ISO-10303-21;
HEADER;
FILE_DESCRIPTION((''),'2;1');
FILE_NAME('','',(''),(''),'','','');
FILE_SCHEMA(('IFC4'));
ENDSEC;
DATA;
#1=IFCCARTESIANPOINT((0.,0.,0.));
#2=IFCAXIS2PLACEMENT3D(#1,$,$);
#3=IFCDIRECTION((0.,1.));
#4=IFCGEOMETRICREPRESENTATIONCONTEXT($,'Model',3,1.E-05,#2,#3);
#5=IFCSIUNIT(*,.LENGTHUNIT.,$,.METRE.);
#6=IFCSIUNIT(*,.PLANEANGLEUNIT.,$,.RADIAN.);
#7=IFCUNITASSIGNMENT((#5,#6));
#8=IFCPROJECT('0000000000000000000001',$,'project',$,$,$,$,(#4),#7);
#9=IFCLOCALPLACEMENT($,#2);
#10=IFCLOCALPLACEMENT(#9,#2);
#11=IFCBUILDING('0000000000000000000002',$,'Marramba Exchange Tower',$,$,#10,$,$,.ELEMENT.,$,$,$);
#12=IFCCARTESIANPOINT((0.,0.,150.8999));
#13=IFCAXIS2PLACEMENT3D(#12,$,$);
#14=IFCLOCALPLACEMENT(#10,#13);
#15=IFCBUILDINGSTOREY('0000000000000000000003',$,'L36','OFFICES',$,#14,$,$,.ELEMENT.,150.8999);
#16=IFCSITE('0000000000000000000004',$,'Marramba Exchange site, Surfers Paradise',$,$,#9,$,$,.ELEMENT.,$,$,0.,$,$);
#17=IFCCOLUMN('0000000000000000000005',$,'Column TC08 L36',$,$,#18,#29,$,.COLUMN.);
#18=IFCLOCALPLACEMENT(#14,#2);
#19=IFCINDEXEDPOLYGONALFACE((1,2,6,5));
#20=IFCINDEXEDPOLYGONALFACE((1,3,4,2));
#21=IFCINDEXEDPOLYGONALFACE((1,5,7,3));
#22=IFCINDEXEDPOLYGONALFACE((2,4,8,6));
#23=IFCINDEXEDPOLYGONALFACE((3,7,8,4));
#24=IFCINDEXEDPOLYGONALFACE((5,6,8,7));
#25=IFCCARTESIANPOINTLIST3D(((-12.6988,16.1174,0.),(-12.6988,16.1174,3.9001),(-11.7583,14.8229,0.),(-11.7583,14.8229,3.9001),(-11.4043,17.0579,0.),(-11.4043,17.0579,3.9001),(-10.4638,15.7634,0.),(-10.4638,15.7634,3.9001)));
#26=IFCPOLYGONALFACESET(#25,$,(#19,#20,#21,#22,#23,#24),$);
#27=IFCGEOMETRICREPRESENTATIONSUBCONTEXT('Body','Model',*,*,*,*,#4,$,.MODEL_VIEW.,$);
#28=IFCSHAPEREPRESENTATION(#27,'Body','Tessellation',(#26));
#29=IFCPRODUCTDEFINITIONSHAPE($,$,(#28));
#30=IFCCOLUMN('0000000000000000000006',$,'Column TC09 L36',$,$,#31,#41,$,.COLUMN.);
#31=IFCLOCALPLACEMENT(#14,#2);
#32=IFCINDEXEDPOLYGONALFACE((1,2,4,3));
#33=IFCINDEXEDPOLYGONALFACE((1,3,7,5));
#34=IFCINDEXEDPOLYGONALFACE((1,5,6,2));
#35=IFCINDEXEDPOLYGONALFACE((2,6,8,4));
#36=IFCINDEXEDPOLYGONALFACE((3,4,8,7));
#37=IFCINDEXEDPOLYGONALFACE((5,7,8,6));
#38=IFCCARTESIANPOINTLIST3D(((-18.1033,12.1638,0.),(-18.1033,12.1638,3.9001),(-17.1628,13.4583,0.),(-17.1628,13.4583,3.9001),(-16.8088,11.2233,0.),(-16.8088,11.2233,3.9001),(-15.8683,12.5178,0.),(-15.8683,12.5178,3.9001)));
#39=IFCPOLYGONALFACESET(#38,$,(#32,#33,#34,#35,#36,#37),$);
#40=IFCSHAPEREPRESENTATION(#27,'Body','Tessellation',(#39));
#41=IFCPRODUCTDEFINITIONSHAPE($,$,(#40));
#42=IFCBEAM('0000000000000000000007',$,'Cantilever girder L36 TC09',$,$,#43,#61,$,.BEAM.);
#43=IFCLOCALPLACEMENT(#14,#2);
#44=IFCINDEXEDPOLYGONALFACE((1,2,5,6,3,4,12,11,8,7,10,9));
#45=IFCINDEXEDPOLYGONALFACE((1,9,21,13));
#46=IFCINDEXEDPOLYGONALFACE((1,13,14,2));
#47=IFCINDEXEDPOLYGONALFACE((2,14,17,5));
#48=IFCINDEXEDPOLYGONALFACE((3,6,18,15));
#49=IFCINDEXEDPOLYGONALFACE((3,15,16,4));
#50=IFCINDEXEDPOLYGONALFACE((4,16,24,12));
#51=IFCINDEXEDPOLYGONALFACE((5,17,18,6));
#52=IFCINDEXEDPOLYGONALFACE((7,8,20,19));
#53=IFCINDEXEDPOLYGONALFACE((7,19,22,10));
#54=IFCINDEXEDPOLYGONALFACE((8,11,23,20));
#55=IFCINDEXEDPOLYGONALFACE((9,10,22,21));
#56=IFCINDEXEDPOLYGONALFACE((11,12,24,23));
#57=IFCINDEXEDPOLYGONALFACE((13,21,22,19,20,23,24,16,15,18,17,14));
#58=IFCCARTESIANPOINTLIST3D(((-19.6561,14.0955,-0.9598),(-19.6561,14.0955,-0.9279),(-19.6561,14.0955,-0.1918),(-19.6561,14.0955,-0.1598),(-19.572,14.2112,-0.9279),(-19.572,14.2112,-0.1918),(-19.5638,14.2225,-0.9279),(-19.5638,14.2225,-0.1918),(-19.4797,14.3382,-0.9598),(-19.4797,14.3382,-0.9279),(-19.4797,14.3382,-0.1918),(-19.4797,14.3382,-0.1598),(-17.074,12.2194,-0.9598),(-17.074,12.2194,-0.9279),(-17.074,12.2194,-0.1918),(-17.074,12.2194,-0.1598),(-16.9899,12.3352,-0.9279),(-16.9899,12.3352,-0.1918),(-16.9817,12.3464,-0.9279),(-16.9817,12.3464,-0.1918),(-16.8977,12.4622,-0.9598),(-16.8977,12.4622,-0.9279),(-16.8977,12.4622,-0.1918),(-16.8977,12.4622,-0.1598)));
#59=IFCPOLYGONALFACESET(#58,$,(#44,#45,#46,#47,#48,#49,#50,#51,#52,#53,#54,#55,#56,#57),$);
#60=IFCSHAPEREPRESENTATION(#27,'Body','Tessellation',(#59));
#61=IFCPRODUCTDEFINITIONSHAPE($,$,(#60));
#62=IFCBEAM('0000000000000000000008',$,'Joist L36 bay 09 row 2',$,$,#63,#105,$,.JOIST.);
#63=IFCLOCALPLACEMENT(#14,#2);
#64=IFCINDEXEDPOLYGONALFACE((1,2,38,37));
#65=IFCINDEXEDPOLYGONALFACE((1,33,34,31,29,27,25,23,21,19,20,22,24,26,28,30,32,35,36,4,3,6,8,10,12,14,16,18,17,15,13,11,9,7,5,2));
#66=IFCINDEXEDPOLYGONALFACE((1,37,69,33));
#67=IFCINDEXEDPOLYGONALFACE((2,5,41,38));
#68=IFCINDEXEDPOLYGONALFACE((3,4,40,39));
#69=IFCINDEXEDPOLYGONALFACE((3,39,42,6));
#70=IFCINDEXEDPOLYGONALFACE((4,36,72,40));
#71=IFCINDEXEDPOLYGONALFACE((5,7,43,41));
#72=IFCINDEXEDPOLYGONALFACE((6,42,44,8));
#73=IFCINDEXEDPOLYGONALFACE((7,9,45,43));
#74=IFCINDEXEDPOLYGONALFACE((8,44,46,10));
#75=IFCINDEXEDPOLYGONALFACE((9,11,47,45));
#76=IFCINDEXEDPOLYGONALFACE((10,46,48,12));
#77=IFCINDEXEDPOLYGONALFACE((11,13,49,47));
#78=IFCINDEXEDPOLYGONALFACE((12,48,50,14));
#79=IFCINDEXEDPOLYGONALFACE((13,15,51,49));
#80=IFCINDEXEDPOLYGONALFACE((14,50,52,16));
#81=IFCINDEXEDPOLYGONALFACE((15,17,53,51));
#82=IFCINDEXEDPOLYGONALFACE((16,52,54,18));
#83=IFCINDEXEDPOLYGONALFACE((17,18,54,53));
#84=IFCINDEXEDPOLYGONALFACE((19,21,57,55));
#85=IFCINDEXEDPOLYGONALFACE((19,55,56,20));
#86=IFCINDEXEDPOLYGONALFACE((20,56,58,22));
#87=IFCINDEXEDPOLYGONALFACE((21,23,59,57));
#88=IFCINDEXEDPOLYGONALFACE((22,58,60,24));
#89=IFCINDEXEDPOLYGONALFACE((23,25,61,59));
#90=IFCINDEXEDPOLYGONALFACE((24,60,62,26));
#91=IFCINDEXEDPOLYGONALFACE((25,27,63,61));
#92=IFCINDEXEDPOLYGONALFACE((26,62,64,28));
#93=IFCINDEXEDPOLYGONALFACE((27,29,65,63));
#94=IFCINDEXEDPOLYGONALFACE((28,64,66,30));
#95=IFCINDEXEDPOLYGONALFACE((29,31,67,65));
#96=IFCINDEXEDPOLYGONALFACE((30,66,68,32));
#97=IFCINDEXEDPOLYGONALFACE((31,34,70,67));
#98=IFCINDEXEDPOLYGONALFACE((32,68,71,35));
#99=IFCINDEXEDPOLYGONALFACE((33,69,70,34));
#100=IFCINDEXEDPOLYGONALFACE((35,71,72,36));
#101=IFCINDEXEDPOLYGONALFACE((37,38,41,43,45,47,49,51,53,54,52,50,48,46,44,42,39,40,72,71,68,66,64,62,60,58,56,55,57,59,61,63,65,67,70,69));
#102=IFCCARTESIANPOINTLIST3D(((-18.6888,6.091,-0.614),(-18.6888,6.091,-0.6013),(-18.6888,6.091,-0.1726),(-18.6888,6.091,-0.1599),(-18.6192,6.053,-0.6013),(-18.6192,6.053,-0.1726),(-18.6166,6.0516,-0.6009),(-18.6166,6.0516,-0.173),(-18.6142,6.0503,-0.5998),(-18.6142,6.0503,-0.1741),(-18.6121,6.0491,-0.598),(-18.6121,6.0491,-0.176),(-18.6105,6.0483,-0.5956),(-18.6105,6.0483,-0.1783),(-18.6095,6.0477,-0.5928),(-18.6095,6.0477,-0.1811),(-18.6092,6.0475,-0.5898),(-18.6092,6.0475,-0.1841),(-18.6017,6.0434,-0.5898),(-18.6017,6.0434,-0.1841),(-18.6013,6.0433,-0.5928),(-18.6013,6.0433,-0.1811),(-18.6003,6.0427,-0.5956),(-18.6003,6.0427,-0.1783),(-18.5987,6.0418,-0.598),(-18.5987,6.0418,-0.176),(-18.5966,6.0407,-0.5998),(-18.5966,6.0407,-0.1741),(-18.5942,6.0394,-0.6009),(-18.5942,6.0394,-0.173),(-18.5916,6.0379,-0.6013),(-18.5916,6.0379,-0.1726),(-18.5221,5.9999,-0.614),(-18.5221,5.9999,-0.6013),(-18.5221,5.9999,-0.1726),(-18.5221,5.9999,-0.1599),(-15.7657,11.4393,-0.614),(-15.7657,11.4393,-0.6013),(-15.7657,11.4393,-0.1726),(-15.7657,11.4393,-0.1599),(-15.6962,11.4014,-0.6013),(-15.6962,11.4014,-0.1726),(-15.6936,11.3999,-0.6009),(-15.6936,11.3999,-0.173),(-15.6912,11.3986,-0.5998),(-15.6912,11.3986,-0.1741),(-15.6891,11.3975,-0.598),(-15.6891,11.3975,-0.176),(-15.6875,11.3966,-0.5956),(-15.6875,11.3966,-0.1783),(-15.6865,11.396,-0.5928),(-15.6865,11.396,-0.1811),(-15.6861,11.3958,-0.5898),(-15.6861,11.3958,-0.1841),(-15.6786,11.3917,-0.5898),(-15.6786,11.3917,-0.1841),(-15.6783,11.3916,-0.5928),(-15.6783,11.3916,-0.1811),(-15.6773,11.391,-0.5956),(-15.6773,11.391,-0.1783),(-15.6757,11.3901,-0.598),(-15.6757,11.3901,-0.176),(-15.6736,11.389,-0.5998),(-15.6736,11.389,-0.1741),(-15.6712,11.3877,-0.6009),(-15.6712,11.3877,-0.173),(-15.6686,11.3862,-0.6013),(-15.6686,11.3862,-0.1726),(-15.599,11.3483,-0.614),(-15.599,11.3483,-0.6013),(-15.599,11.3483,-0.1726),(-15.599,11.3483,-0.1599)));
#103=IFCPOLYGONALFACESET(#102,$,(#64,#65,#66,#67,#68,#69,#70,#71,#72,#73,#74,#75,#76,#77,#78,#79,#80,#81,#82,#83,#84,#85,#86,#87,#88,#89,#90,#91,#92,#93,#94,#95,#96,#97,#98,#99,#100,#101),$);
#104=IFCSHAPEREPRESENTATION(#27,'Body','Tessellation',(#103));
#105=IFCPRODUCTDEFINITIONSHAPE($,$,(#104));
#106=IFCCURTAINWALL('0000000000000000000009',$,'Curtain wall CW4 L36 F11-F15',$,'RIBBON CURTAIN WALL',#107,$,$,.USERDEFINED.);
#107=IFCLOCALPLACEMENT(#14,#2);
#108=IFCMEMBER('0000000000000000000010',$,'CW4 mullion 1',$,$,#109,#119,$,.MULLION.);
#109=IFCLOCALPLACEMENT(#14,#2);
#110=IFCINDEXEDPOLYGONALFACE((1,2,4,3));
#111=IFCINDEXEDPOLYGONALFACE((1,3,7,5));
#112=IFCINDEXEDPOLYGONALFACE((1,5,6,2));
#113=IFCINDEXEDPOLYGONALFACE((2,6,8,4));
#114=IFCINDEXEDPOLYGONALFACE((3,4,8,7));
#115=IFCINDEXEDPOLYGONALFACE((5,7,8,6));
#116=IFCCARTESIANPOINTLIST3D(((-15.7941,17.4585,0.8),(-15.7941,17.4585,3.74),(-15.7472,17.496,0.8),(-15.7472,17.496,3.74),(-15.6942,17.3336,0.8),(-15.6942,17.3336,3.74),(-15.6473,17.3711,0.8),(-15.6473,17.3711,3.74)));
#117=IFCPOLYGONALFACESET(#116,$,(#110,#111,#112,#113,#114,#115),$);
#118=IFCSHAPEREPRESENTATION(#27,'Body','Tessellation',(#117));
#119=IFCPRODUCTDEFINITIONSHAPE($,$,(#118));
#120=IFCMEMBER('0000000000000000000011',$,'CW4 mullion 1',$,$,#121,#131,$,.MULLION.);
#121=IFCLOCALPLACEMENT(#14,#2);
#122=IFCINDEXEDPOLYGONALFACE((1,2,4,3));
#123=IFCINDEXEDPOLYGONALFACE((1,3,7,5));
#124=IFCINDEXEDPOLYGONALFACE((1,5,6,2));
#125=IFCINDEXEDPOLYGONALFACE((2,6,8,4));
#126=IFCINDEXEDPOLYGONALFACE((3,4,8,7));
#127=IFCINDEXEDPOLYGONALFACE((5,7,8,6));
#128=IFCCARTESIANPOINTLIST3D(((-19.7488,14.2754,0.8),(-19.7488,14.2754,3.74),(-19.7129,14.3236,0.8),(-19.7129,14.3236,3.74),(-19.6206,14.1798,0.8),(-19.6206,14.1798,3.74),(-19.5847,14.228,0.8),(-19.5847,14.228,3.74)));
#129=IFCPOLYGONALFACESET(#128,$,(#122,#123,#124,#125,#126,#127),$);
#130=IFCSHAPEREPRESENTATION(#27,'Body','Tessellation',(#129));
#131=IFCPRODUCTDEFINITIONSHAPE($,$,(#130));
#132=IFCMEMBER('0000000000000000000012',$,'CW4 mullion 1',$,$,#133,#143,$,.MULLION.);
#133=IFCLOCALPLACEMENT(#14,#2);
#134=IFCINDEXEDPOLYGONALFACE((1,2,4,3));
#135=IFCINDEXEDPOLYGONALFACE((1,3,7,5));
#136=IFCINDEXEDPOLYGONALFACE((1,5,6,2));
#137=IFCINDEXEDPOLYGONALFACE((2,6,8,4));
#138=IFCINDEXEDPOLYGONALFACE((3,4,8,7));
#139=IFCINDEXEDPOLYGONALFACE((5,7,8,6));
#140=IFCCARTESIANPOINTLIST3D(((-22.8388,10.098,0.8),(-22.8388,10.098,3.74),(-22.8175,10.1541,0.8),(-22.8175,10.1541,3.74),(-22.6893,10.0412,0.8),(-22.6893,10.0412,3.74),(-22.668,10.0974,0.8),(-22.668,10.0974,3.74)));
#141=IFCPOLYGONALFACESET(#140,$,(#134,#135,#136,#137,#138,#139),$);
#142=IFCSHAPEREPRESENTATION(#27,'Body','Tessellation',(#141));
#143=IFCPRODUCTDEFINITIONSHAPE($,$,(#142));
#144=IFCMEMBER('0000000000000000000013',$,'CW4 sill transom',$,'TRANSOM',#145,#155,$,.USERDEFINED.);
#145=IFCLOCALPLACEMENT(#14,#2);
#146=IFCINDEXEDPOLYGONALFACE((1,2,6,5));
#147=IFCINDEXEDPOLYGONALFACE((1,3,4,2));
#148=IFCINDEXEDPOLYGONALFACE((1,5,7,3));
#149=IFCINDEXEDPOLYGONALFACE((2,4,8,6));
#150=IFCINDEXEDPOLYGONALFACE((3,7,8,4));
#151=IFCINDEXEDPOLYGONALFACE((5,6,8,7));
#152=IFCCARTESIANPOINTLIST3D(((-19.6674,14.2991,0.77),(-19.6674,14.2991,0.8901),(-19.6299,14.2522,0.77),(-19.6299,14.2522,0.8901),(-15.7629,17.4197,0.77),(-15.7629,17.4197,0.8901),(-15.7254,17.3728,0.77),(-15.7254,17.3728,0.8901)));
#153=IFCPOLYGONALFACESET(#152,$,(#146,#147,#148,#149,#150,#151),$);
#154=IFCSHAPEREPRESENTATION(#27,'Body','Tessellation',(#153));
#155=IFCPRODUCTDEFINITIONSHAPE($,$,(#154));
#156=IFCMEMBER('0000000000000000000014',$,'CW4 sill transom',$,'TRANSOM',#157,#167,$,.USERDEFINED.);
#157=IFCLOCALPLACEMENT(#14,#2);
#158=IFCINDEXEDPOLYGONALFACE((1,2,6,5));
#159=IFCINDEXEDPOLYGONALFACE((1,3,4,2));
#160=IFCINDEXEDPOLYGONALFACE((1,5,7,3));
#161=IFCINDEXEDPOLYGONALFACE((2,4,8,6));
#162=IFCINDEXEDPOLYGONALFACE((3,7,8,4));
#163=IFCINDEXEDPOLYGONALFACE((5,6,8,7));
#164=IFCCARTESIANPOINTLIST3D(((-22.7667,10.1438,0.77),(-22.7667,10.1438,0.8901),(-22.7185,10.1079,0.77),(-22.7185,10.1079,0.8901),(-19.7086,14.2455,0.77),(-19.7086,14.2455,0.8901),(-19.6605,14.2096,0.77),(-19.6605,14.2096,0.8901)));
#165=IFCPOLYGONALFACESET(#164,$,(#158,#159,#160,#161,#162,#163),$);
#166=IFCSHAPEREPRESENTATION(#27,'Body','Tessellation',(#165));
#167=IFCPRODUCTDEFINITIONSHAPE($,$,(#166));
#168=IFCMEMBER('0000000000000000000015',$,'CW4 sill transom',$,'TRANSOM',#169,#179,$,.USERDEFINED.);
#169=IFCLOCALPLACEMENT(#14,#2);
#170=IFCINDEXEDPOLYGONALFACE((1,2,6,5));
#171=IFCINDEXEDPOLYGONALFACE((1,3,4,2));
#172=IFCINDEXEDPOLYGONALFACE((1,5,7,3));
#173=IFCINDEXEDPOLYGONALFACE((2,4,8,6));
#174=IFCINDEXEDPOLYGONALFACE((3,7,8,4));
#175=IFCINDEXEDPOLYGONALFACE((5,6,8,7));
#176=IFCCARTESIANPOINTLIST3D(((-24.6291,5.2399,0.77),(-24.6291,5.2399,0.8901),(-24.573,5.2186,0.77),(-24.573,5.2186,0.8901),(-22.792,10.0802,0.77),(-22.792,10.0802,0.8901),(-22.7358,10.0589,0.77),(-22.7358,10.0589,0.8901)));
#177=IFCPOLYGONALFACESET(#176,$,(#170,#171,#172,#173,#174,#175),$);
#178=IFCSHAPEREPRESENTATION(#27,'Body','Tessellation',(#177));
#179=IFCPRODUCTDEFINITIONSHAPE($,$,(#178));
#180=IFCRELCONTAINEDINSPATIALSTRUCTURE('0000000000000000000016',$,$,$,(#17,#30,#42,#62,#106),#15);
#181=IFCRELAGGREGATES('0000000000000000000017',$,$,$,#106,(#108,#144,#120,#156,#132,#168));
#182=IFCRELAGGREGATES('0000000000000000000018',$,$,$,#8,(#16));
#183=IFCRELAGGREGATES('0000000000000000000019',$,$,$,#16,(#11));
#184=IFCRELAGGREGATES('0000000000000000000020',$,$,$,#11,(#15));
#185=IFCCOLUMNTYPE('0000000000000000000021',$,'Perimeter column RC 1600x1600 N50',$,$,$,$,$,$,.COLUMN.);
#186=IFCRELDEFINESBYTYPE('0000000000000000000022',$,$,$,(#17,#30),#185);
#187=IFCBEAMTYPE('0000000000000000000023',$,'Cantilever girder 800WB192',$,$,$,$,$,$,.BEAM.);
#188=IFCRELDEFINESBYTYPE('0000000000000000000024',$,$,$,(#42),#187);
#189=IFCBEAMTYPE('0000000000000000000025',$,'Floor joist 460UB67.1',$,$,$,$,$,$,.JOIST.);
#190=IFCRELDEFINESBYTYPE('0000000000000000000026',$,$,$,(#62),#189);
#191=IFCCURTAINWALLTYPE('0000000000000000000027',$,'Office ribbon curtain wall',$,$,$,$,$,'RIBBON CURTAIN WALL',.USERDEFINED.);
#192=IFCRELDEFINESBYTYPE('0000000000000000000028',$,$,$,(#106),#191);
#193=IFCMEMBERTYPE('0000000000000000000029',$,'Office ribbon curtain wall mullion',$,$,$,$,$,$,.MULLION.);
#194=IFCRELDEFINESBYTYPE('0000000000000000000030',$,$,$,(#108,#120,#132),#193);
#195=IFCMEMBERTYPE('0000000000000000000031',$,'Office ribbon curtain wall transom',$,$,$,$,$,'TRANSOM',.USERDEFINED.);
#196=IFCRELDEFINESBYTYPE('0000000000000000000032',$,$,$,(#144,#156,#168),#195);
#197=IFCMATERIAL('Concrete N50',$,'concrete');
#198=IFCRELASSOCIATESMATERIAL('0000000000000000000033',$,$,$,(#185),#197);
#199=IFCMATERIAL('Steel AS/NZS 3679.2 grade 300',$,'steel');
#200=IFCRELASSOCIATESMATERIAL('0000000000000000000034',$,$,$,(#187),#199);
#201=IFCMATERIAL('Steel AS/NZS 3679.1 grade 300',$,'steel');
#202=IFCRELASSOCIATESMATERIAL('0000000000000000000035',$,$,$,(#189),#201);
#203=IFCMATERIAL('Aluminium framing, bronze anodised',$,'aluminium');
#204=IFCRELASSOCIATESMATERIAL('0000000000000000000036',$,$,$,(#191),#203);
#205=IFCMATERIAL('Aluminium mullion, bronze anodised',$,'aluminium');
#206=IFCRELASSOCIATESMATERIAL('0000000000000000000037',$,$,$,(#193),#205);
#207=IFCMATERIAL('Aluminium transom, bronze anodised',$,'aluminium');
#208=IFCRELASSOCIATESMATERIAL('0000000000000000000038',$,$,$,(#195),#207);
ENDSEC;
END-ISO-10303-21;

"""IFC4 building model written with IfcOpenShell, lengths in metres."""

from ifc_helpers import new_model, si_unit, direction, frame, origin, origin_2d, place, context, subcontext, project, spatial, rectangle, i_section, extrude, material, material_profile, profile_set, type_object, element, aggregate, save


model = new_model("IFC4")

# Units and contexts
model_context = context("Model", 3, precision=1e-05, world=origin(), true_north=direction((0.0, 1.0)))
body_context = subcontext(model_context, "Body", "Model", "MODEL_VIEW")
ifc_project = project(units=[si_unit("LENGTHUNIT", "METRE"), si_unit("PLANEANGLEUNIT", "RADIAN")], contexts=[model_context])

# Site, building, storey
site_placement = place(None, origin())
site = spatial("IfcSite", under=ifc_project, at=site_placement, Name="Marramba Exchange site, Surfers Paradise", CompositionType="ELEMENT", RefElevation=0.0)
building_placement = place(site_placement, origin())
building = spatial("IfcBuilding", under=site, at=building_placement, Name="Marramba Exchange Tower", CompositionType="ELEMENT")
storey_placement = place(building_placement, frame((0.0, 0.0, 150.8999)))
storey = spatial("IfcBuildingStorey", under=building, at=storey_placement, Name="L36", Description="OFFICES", CompositionType="ELEMENT", Elevation=150.8999)

# Columns
ifc_material_1 = material(Name="Concrete N50", Category="concrete")
ifc_material_profile_1 = material_profile(ifc_material_1, rectangle(XDim=1.6001, YDim=1.6001, at=origin_2d()), Name="RC 1600x1600")
ifc_profile_set_1 = profile_set([ifc_material_profile_1], Name="Concrete N50")
column_type = type_object("IfcColumnType", Name="Perimeter column RC 1600x1600 N50", PredefinedType="COLUMN", material=ifc_profile_set_1)
for number, where, z_axis, x_axis, name in (
    (1, (-11.5813, 15.9404, 0.0), (0.0, 0.0, 1.0), (-0.587785, 0.809017, 0.0), "Column TC08 L36"),
    (2, (-16.9858, 12.3408, 0.0), (0.0, 0.0, 1.0), (-0.809017, 0.587785, 0.0), "Column TC09 L36"),
):
    element("IfcColumn", number, at=place(storey_placement, frame(where, z_axis=z_axis, x_axis=x_axis)), inside=storey, type_object=column_type, Name=name, PredefinedType="COLUMN", context=body_context, shape_type="SweptSolid", body=[
        extrude(rectangle(XDim=1.6001, YDim=1.6001, at=origin_2d()), origin(), (0.0, 0.0, 1.0), 3.9001),
    ])

# Beams
ifc_material_2 = material(Name="Steel AS/NZS 3679.2 grade 300", Category="steel")
ifc_material_profile_2 = material_profile(ifc_material_2, i_section(OverallWidth=0.3, OverallDepth=0.8, WebThickness=0.0139, FlangeThickness=0.032, at=origin_2d()), Name="800WB192")
ifc_profile_set_2 = profile_set([ifc_material_profile_2], Name="Steel AS/NZS 3679.2 grade 300")
beam_type_1 = type_object("IfcBeamType", Name="Cantilever girder 800WB192", PredefinedType="BEAM", material=ifc_profile_set_2)
beam_1_placement = place(storey_placement, frame((-16.9858, 12.3408, -0.5598), z_axis=(-0.809014, 0.58779, 0.0), x_axis=(-0.58779, -0.809014, 0.0)))
element("IfcBeam", 3, at=beam_1_placement, inside=storey, type_object=beam_type_1, Name="Cantilever girder L36 TC09", PredefinedType="BEAM", context=body_context, shape_type="SweptSolid", body=[
    extrude(i_section(OverallWidth=0.3, OverallDepth=0.8, WebThickness=0.0139, FlangeThickness=0.032, at=origin_2d()), origin(), (0.0, 0.0, 1.0), 3.1917),
])
ifc_material_3 = material(Name="Steel AS/NZS 3679.1 grade 300", Category="steel")
ifc_material_profile_3 = material_profile(ifc_material_3, i_section(OverallWidth=0.1899, OverallDepth=0.4541, WebThickness=0.0085, FlangeThickness=0.0127, FilletRadius=0.0115, at=origin_2d()), Name="460UB67.1")
ifc_profile_set_3 = profile_set([ifc_material_profile_3], Name="Steel AS/NZS 3679.1 grade 300")
beam_type_2 = type_object("IfcBeamType", Name="Floor joist 460UB67.1", PredefinedType="JOIST", material=ifc_profile_set_3)
beam_2_placement = place(storey_placement, frame((-15.6824, 11.3938, -0.387), z_axis=(-0.479584, -0.877496, 0.0), x_axis=(0.877496, -0.479584, 0.0)))
element("IfcBeam", 4, at=beam_2_placement, inside=storey, type_object=beam_type_2, Name="Joist L36 bay 09 row 2", PredefinedType="JOIST", context=body_context, shape_type="SweptSolid", body=[
    extrude(i_section(OverallWidth=0.1899, OverallDepth=0.4541, WebThickness=0.0085, FlangeThickness=0.0127, FilletRadius=0.0115, at=origin_2d()), origin(), (0.0, 0.0, 1.0), 6.095),
])

# Curtain wall, members
ifc_material_4 = material(Name="Aluminium framing, bronze anodised", Category="aluminium")
curtain_wall_type = type_object("IfcCurtainWallType", Name="Office ribbon curtain wall", ElementType="RIBBON CURTAIN WALL", PredefinedType="USERDEFINED", material=ifc_material_4)
curtain_wall_placement = place(storey_placement, origin())
curtain_wall = element("IfcCurtainWall", 5, at=curtain_wall_placement, inside=storey, type_object=curtain_wall_type, Name="Curtain wall CW4 L36 F11-F15", ObjectType="RIBBON CURTAIN WALL", PredefinedType="USERDEFINED")
ifc_material_5 = material(Name="Aluminium mullion, bronze anodised", Category="aluminium")
ifc_material_profile_4 = material_profile(ifc_material_5, rectangle(XDim=0.1599, YDim=0.0601, at=origin_2d()), Name="CW4 mullion 60x160")
ifc_profile_set_4 = profile_set([ifc_material_profile_4], Name="Aluminium mullion, bronze anodised")
member_type_1 = type_object("IfcMemberType", Name="Office ribbon curtain wall mullion", PredefinedType="MULLION", material=ifc_profile_set_4)
member_1_placement = place(storey_placement, frame((-15.7207, 17.4148, 0.8), z_axis=(0.0, 0.0, 1.0), x_axis=(0.624308, -0.781178, 0.0)))
member_1 = element("IfcMember", 6, at=member_1_placement, type_object=member_type_1, Name="CW4 mullion 1", PredefinedType="MULLION", context=body_context, shape_type="SweptSolid", body=[
    extrude(rectangle(XDim=0.1599, YDim=0.0601, at=origin_2d()), origin(), (0.0, 0.0, 1.0), 2.9399),
])
member_2_placement = place(storey_placement, frame((-19.6667, 14.2517, 0.8), z_axis=(0.0, 0.0, 1.0), x_axis=(0.801717, -0.597704, 0.0)))
member_2 = element("IfcMember", 7, at=member_2_placement, type_object=member_type_1, Name="CW4 mullion 1", PredefinedType="MULLION", context=body_context, shape_type="SweptSolid", body=[
    extrude(rectangle(XDim=0.1599, YDim=0.0601, at=origin_2d()), origin(), (0.0, 0.0, 1.0), 2.9399),
])
member_3_placement = place(storey_placement, frame((-22.7534, 10.0977, 0.8), z_axis=(0.0, 0.0, 1.0), x_axis=(0.934925, -0.354844, 0.0)))
member_3 = element("IfcMember", 8, at=member_3_placement, type_object=member_type_1, Name="CW4 mullion 1", PredefinedType="MULLION", context=body_context, shape_type="SweptSolid", body=[
    extrude(rectangle(XDim=0.1599, YDim=0.0601, at=origin_2d()), origin(), (0.0, 0.0, 1.0), 2.9399),
])
ifc_material_6 = material(Name="Aluminium transom, bronze anodised", Category="aluminium")
ifc_material_profile_5 = material_profile(ifc_material_6, rectangle(XDim=0.0601, YDim=0.1201, at=origin_2d()), Name="CW4 transom 60x120")
ifc_profile_set_5 = profile_set([ifc_material_profile_5], Name="Aluminium transom, bronze anodised")
member_type_2 = type_object("IfcMemberType", Name="Office ribbon curtain wall transom", ElementType="TRANSOM", PredefinedType="USERDEFINED", material=ifc_profile_set_5)
member_4_placement = place(storey_placement, frame((-15.7441, 17.3962, 0.8301), z_axis=(-0.781164, -0.624326, 0.0), x_axis=(0.624326, -0.781164, 0.0)))
member_4 = element("IfcMember", 9, at=member_4_placement, type_object=member_type_2, Name="CW4 sill transom", ObjectType="TRANSOM", PredefinedType="USERDEFINED", context=body_context, shape_type="SweptSolid", body=[
    extrude(rectangle(XDim=0.0601, YDim=0.1201, at=origin_2d()), origin(), (0.0, 0.0, 1.0), 4.9983),
])
member_5_placement = place(storey_placement, frame((-19.6846, 14.2275, 0.8301), z_axis=(-0.597715, -0.801709, 0.0), x_axis=(0.801709, -0.597715, 0.0)))
member_5 = element("IfcMember", 10, at=member_5_placement, type_object=member_type_2, Name="CW4 sill transom", ObjectType="TRANSOM", PredefinedType="USERDEFINED", context=body_context, shape_type="SweptSolid", body=[
    extrude(rectangle(XDim=0.0601, YDim=0.1201, at=origin_2d()), origin(), (0.0, 0.0, 1.0), 5.1162),
])
member_6_placement = place(storey_placement, frame((-22.7639, 10.0696, 0.8301), z_axis=(-0.354852, -0.934923, 0.0), x_axis=(0.934923, -0.354852, 0.0)))
member_6 = element("IfcMember", 11, at=member_6_placement, type_object=member_type_2, Name="CW4 sill transom", ObjectType="TRANSOM", PredefinedType="USERDEFINED", context=body_context, shape_type="SweptSolid", body=[
    extrude(rectangle(XDim=0.0601, YDim=0.1201, at=origin_2d()), origin(), (0.0, 0.0, 1.0), 5.1772),
])

aggregate(curtain_wall, [member_1, member_4, member_2, member_5, member_3, member_6])

save(model, "model.ifc")
